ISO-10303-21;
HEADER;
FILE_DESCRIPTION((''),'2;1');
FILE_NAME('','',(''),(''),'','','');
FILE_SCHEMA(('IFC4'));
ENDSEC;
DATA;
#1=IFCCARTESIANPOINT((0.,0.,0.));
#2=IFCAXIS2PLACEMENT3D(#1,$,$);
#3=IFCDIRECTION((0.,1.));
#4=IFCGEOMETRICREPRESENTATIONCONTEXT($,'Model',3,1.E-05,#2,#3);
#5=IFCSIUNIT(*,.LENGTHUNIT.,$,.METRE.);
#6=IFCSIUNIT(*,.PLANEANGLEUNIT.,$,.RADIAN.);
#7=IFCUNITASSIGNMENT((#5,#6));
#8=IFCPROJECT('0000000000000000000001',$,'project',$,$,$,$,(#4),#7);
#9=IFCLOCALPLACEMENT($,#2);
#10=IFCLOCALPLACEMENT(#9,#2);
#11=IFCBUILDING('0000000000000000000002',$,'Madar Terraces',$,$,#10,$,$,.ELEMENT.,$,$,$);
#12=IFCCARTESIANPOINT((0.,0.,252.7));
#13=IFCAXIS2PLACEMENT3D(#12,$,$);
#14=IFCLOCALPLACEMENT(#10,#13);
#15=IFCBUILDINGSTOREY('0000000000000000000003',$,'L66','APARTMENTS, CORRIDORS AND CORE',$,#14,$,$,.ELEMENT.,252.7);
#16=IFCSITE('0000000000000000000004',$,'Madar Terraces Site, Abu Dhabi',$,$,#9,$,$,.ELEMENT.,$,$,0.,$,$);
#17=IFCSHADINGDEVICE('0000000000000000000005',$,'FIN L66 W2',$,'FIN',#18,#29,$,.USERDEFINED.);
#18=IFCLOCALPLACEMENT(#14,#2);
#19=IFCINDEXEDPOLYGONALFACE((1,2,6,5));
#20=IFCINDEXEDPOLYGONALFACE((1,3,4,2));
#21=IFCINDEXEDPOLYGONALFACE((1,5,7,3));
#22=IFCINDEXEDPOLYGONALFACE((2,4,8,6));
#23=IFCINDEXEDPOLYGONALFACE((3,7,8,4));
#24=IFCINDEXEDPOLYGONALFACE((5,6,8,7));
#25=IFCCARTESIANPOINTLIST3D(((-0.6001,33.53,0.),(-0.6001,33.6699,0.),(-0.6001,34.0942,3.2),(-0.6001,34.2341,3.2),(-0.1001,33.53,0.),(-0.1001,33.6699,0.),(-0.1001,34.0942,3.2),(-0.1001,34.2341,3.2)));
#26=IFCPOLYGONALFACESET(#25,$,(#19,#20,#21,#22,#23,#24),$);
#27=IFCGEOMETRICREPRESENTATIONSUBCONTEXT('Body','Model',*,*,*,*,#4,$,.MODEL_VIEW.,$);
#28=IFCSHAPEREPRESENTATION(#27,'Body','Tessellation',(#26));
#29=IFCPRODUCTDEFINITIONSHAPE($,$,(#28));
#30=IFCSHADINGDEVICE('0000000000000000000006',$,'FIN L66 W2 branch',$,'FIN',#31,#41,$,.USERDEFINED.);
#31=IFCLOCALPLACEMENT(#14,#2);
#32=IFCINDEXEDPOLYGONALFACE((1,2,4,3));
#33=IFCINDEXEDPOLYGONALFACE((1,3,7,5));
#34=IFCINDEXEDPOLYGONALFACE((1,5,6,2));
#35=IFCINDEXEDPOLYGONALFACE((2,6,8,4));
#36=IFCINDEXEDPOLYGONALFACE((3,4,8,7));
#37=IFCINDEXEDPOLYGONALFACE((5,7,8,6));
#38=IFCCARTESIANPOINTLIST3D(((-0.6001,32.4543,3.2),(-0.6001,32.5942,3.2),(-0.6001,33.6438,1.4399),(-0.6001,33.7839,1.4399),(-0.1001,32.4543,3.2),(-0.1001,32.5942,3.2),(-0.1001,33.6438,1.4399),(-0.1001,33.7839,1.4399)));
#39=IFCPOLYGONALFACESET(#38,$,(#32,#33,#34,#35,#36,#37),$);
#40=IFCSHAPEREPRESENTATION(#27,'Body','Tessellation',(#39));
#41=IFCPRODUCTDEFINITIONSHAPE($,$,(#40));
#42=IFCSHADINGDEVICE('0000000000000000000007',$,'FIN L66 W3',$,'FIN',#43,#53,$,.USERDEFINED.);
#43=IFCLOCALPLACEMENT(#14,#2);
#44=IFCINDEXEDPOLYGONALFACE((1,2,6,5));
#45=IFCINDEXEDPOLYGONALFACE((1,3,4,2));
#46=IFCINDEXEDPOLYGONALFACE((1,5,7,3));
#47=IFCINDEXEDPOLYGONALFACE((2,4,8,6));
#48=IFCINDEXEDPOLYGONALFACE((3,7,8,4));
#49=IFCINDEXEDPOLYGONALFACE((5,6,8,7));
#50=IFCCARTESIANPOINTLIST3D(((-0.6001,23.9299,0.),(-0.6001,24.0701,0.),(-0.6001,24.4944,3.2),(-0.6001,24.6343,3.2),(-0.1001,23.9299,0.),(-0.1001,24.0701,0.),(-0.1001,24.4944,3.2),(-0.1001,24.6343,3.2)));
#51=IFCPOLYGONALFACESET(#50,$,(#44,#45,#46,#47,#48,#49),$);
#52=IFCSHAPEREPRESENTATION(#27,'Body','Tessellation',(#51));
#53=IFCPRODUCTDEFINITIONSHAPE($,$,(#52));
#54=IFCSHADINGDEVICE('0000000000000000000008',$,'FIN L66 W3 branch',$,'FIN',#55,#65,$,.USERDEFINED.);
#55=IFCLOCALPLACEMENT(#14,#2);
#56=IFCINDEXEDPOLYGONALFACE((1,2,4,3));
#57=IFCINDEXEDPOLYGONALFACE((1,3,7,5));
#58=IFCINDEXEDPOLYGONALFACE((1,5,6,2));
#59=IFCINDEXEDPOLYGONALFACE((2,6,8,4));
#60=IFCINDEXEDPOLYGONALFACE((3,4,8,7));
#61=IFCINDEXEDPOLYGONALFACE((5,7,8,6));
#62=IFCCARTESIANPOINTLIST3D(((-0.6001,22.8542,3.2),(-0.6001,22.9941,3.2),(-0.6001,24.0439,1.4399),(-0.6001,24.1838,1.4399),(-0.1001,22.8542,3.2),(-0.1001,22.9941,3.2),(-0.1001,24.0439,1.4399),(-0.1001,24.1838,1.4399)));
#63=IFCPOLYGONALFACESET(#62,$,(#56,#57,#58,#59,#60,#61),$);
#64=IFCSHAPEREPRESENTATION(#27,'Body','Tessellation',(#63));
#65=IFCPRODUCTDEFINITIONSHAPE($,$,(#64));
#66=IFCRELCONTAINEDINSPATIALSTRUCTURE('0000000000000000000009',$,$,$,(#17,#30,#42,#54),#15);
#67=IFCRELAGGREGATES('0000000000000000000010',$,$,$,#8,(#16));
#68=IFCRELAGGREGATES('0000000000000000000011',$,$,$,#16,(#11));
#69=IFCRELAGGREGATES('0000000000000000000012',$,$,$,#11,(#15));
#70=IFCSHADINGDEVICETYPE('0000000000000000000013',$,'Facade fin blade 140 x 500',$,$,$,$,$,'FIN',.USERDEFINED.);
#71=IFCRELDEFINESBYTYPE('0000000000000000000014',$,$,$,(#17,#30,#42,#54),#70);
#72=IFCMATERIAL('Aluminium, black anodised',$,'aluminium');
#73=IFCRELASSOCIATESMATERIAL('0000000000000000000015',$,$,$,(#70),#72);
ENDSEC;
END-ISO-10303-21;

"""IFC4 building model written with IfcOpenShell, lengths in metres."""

from ifc_helpers import new_model, si_unit, direction, frame, origin, place, context, subcontext, project, spatial, polyline, outline, extrude, material, type_object, element, save


model = new_model("IFC4")

# Units and contexts
model_context = context("Model", 3, precision=1e-05, world=origin(), true_north=direction((0.0, 1.0)))
body_context = subcontext(model_context, "Body", "Model", "MODEL_VIEW")
ifc_project = project(units=[si_unit("LENGTHUNIT", "METRE"), si_unit("PLANEANGLEUNIT", "RADIAN")], contexts=[model_context])

# Site, building, storey
site_placement = place(None, origin())
site = spatial("IfcSite", under=ifc_project, at=site_placement, Name="Madar Terraces Site, Abu Dhabi", CompositionType="ELEMENT", RefElevation=0.0)
building_placement = place(site_placement, origin())
building = spatial("IfcBuilding", under=site, at=building_placement, Name="Madar Terraces", CompositionType="ELEMENT")
storey_placement = place(building_placement, frame((0.0, 0.0, 252.7)))
storey = spatial("IfcBuildingStorey", under=building, at=storey_placement, Name="L66", Description="APARTMENTS, CORRIDORS AND CORE", CompositionType="ELEMENT", Elevation=252.7)

# Shading devices
ifc_material_1 = material(Name="Aluminium, black anodised", Category="aluminium")
shading_device_type = type_object("IfcShadingDeviceType", Name="Facade fin blade 140 x 500", ElementType="FIN", PredefinedType="USERDEFINED", material=ifc_material_1)
shading_device_1_placement = place(storey_placement, frame((-0.3501, 33.6699, 0.0), z_axis=(0.0, 0.0, 1.0), x_axis=(0.0, -1.0, 0.0)))
element("IfcShadingDevice", 1, at=shading_device_1_placement, inside=storey, type_object=shading_device_type, Name="FIN L66 W2", ObjectType="FIN", PredefinedType="USERDEFINED", context=body_context, shape_type="SweptSolid", body=[
    extrude(outline(polyline([(0.0, 0.0), (0.1399, 0.0), (-0.4243, 3.2), (-0.5642, 3.2), (0.0, 0.0)])), frame((0.0, 0.25, 0.0), z_axis=(0.0, -1.0, 0.0), x_axis=(1.0, 0.0, 0.0)), (0.0, 0.0, 1.0), 0.5),
])
shading_device_2_placement = place(storey_placement, frame((-0.3501, 33.7839, 1.4399), z_axis=(0.0, 0.0, 1.0), x_axis=(0.0, -1.0, 0.0)))
element("IfcShadingDevice", 2, at=shading_device_2_placement, inside=storey, type_object=shading_device_type, Name="FIN L66 W2 branch", ObjectType="FIN", PredefinedType="USERDEFINED", context=body_context, shape_type="SweptSolid", body=[
    extrude(outline(polyline([(0.0, 0.0), (0.1401, 0.0), (1.3296, 1.76), (1.1897, 1.76), (0.0, 0.0)])), frame((0.0, 0.25, 0.0), z_axis=(0.0, -1.0, 0.0), x_axis=(1.0, 0.0, 0.0)), (0.0, 0.0, 1.0), 0.5),
])
shading_device_3_placement = place(storey_placement, frame((-0.3501, 24.0701, 0.0), z_axis=(0.0, 0.0, 1.0), x_axis=(0.0, -1.0, 0.0)))
element("IfcShadingDevice", 3, at=shading_device_3_placement, inside=storey, type_object=shading_device_type, Name="FIN L66 W3", ObjectType="FIN", PredefinedType="USERDEFINED", context=body_context, shape_type="SweptSolid", body=[
    extrude(outline(polyline([(0.0, 0.0), (0.1401, 0.0), (-0.4243, 3.2), (-0.5642, 3.2), (0.0, 0.0)])), frame((0.0, 0.25, 0.0), z_axis=(0.0, -1.0, 0.0), x_axis=(1.0, 0.0, 0.0)), (0.0, 0.0, 1.0), 0.5),
])
shading_device_4_placement = place(storey_placement, frame((-0.3501, 24.1838, 1.4399), z_axis=(0.0, 0.0, 1.0), x_axis=(0.0, -1.0, 0.0)))
element("IfcShadingDevice", 4, at=shading_device_4_placement, inside=storey, type_object=shading_device_type, Name="FIN L66 W3 branch", ObjectType="FIN", PredefinedType="USERDEFINED", context=body_context, shape_type="SweptSolid", body=[
    extrude(outline(polyline([(0.0, 0.0), (0.1399, 0.0), (1.3296, 1.76), (1.1897, 1.76), (0.0, 0.0)])), frame((0.0, 0.25, 0.0), z_axis=(0.0, -1.0, 0.0), x_axis=(1.0, 0.0, 0.0)), (0.0, 0.0, 1.0), 0.5),
])

save(model, "model.ifc")
